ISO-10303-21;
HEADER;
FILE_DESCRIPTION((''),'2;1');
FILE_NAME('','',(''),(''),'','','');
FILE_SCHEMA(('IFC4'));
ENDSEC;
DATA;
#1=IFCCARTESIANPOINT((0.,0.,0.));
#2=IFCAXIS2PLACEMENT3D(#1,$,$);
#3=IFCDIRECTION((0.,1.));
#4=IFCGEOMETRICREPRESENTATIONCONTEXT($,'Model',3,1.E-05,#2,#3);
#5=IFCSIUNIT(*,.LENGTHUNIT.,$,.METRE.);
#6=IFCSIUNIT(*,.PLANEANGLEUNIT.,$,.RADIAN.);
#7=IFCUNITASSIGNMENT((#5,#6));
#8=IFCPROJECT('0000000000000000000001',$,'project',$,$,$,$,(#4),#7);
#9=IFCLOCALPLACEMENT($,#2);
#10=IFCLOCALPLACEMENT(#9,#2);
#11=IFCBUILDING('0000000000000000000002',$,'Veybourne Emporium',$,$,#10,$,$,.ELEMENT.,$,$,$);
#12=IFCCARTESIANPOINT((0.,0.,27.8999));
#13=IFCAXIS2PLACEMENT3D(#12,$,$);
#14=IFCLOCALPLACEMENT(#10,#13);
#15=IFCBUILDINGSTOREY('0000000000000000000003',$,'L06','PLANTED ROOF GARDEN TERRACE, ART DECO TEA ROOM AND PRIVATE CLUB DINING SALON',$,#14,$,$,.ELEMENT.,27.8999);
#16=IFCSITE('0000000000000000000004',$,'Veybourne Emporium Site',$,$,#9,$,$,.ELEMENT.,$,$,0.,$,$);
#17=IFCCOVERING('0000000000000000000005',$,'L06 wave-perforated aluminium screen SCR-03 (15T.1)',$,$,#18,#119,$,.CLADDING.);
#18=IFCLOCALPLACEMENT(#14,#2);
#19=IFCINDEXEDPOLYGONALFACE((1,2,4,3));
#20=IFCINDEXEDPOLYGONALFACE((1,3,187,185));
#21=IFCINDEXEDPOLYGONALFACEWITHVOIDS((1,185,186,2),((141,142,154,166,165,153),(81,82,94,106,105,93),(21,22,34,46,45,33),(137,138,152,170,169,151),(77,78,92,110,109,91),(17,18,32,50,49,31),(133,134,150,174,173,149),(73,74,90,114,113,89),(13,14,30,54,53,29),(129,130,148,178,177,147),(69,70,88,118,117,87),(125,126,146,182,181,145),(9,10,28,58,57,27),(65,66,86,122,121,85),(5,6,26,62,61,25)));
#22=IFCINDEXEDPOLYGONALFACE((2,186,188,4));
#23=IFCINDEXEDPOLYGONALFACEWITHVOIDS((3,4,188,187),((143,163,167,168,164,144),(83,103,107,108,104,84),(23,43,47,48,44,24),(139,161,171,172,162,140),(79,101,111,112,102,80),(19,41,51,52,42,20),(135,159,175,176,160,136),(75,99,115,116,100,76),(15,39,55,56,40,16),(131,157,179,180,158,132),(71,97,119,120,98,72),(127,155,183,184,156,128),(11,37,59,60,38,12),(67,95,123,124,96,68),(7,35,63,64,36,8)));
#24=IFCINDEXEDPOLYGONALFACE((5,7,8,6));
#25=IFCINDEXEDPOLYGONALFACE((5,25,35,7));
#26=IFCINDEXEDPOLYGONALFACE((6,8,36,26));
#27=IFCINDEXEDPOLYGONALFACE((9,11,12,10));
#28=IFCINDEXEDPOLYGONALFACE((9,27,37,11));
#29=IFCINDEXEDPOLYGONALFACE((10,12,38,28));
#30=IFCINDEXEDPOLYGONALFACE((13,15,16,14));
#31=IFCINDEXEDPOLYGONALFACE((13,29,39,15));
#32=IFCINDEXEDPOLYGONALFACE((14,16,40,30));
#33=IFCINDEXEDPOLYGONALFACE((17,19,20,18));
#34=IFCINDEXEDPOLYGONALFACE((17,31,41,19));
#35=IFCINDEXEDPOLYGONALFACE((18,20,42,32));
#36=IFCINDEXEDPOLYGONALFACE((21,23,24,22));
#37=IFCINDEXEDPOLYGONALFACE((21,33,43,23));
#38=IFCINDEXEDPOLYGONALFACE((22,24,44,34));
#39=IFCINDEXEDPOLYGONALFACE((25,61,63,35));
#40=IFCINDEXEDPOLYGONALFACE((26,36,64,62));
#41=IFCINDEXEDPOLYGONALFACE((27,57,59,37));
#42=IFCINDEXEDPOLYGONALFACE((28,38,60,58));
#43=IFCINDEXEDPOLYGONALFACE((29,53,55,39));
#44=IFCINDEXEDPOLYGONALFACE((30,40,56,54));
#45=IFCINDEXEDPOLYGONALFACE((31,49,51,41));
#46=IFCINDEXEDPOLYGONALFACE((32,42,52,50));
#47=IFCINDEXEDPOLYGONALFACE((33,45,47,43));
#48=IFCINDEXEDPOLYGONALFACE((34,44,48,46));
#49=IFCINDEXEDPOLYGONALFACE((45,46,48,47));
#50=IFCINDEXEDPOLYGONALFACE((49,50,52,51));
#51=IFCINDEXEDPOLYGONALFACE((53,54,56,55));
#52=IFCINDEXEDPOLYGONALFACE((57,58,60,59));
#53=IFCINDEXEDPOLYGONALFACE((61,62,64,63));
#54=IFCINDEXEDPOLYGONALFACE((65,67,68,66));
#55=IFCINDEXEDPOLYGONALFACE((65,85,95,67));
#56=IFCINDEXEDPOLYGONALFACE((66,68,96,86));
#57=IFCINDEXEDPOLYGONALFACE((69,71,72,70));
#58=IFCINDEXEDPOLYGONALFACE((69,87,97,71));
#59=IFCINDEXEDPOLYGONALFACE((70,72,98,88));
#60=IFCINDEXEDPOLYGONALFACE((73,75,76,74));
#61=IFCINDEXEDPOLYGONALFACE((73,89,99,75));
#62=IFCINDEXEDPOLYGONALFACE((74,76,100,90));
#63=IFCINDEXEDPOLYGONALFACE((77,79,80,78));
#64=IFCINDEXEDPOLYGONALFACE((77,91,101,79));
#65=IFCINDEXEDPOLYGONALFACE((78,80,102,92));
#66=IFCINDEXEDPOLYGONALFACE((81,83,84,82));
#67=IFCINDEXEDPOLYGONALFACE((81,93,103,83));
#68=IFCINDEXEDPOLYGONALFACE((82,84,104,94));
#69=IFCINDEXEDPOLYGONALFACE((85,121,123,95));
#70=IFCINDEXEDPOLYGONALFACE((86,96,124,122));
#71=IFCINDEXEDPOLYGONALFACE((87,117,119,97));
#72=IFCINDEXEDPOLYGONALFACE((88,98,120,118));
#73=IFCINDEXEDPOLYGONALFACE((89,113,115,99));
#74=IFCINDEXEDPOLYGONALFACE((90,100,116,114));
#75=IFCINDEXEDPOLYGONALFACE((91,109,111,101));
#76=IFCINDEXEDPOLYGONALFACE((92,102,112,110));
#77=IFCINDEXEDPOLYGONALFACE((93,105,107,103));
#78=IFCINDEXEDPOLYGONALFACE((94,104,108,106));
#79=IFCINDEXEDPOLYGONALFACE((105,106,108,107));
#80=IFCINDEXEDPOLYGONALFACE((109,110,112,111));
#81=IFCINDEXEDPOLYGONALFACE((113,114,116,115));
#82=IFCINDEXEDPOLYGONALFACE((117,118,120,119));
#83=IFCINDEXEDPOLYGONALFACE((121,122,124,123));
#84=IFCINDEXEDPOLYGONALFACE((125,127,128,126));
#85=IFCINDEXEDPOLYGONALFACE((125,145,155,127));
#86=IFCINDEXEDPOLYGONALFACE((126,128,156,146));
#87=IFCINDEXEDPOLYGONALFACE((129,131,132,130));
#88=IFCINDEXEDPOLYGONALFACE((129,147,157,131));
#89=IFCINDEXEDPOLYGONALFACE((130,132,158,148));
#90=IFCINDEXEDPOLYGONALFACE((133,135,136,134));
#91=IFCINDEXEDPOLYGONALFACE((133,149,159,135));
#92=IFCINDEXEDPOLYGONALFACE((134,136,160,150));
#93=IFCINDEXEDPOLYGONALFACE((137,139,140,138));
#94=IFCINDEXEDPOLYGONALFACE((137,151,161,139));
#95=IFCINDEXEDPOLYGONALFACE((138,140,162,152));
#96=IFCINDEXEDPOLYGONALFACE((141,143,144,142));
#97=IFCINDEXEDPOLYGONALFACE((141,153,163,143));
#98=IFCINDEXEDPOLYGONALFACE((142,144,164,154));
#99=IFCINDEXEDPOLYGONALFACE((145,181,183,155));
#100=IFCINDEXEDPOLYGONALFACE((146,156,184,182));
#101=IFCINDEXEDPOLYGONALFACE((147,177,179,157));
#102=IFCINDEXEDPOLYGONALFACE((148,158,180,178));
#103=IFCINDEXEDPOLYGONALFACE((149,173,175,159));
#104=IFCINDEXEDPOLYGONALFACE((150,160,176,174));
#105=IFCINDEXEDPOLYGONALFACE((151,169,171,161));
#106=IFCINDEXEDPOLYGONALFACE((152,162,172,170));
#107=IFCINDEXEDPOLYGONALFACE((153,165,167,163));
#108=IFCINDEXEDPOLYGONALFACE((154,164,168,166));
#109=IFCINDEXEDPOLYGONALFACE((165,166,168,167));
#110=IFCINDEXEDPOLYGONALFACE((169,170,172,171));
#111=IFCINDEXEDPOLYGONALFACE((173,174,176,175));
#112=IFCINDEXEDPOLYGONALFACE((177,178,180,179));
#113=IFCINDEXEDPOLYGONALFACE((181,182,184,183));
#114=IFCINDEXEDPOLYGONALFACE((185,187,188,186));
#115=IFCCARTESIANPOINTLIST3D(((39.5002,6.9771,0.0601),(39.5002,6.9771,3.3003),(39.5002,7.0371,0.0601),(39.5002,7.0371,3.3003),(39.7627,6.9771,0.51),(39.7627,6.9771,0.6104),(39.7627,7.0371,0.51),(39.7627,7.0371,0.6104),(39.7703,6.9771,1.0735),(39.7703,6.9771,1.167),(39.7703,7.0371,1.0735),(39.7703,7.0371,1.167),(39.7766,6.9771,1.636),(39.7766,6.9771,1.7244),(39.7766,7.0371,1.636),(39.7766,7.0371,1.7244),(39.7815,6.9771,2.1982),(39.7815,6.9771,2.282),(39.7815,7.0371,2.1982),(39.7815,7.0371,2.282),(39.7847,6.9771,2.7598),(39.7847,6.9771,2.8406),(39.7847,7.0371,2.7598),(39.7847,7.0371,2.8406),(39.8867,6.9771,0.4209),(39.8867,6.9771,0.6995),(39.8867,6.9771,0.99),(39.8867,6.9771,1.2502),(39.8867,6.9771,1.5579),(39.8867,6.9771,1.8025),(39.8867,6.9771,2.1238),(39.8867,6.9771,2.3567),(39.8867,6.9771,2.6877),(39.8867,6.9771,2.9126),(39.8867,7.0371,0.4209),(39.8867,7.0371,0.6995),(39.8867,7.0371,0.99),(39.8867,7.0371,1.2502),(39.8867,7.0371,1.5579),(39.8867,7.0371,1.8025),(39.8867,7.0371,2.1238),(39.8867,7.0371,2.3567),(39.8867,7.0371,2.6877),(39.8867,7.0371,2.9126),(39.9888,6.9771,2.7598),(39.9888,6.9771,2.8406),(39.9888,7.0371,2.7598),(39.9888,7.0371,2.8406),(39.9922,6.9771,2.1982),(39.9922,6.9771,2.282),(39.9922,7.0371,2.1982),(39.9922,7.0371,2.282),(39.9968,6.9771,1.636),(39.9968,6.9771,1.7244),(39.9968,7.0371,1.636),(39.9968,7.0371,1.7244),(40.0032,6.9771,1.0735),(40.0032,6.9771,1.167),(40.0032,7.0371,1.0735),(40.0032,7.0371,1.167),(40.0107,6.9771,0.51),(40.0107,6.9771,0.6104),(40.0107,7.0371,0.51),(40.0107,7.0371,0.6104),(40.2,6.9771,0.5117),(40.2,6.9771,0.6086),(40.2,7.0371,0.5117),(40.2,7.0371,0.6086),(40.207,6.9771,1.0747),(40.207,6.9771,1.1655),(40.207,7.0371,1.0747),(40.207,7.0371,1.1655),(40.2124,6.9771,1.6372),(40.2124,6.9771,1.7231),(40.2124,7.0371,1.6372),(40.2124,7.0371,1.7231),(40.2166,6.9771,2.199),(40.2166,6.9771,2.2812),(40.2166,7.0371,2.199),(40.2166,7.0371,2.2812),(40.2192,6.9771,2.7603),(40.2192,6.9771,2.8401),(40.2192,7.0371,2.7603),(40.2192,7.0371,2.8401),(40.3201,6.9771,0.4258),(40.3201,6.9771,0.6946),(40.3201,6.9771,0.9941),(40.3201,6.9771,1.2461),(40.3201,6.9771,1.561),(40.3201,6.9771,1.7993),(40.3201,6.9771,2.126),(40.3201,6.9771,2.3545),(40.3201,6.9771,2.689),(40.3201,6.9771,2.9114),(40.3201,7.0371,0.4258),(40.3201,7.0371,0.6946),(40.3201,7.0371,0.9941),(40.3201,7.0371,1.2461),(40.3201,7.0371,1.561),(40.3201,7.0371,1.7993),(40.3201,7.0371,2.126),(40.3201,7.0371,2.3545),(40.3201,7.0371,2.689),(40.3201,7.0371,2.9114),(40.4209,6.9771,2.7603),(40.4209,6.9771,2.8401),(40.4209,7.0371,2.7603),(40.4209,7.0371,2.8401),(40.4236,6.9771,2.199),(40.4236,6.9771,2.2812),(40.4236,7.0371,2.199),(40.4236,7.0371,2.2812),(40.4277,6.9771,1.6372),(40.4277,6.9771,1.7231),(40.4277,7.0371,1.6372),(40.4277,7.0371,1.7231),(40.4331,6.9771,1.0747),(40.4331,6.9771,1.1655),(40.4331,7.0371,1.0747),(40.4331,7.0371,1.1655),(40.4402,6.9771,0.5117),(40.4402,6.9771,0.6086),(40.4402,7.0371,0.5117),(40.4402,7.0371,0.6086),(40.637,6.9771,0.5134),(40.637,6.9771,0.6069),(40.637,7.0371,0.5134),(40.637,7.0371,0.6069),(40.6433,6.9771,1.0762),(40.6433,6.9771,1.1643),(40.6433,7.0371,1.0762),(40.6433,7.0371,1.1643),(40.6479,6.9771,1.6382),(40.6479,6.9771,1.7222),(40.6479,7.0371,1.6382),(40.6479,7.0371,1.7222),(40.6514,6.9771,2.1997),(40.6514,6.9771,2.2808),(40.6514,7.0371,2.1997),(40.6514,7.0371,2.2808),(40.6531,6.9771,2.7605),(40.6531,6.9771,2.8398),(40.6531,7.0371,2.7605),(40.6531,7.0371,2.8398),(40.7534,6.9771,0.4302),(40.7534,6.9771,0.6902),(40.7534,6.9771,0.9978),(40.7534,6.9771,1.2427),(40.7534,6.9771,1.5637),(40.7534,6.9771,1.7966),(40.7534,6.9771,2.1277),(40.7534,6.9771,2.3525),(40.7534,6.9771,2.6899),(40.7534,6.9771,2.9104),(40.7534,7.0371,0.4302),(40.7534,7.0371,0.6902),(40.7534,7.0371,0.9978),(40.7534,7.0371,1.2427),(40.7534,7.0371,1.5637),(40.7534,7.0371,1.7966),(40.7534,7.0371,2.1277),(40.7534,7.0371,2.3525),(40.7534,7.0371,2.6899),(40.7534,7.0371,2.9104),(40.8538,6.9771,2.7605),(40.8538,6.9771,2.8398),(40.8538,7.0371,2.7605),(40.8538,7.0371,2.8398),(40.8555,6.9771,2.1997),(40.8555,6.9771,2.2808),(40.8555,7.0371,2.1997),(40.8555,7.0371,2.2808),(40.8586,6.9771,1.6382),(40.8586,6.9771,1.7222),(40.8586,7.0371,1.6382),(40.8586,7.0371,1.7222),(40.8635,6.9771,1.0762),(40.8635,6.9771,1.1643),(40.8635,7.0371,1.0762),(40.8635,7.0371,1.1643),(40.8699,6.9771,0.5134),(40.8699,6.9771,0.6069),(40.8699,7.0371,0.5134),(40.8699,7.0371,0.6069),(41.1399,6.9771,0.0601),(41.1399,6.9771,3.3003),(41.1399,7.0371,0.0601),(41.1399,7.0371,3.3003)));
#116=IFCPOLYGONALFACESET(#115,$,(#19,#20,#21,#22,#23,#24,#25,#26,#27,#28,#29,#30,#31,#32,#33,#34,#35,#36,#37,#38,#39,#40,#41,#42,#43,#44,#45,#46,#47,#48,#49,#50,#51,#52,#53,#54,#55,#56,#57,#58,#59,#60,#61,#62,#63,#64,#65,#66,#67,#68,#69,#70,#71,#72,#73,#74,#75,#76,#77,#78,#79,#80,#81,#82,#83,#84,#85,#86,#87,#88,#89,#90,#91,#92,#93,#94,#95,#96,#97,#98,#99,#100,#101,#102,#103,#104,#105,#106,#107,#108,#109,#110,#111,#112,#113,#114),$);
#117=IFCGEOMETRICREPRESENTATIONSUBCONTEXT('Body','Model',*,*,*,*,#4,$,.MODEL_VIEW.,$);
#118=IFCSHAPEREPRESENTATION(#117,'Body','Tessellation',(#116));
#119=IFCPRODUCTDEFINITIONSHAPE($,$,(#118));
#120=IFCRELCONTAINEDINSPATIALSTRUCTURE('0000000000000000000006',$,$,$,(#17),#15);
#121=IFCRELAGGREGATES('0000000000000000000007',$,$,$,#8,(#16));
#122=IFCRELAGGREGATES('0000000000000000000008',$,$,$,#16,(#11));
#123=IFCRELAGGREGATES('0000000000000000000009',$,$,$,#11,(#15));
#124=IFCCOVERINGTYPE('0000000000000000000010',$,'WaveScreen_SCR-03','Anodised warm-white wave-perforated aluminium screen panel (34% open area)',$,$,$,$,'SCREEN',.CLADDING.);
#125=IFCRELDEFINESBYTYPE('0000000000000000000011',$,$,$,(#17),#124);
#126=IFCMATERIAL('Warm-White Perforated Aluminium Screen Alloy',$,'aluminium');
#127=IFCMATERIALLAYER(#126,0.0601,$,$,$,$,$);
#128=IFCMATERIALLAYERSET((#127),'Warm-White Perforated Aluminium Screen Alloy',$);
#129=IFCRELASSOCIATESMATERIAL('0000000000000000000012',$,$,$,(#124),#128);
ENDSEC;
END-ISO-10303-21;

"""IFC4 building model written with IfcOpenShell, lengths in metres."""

from ifc_helpers import new_model, si_unit, direction, frame, origin, place, context, subcontext, project, spatial, polyline, outline, extrude, material, layer, layer_set, type_object, element, save


model = new_model("IFC4")

# Units and contexts
model_context = context("Model", 3, precision=1e-05, world=origin(), true_north=direction((0.0, 1.0)))
body_context = subcontext(model_context, "Body", "Model", "MODEL_VIEW")
ifc_project = project(units=[si_unit("LENGTHUNIT", "METRE"), si_unit("PLANEANGLEUNIT", "RADIAN")], contexts=[model_context])

# Site, building, storey
site_placement = place(None, origin())
site = spatial("IfcSite", under=ifc_project, at=site_placement, Name="Veybourne Emporium Site", CompositionType="ELEMENT", RefElevation=0.0)
building_placement = place(site_placement, origin())
building = spatial("IfcBuilding", under=site, at=building_placement, Name="Veybourne Emporium", CompositionType="ELEMENT")
storey_placement = place(building_placement, frame((0.0, 0.0, 27.8999)))
storey = spatial("IfcBuildingStorey", under=building, at=storey_placement, Name="L06", Description="PLANTED ROOF GARDEN TERRACE, ART DECO TEA ROOM AND PRIVATE CLUB DINING SALON", CompositionType="ELEMENT", Elevation=27.8999)

# Covering
ifc_material_1 = material(Name="Warm-White Perforated Aluminium Screen Alloy", Category="aluminium")
ifc_layer_1 = layer(ifc_material_1, 0.0601)
ifc_layer_set_1 = layer_set([ifc_layer_1], Name="Warm-White Perforated Aluminium Screen Alloy")
covering_type_1 = type_object("IfcCoveringType", Name="WaveScreen_SCR-03", Description="Anodised warm-white wave-perforated aluminium screen panel (34% open area)", ElementType="SCREEN", PredefinedType="CLADDING", material=ifc_layer_set_1)
covering_1_placement = place(storey_placement, frame((40.3201, 6.9771, 1.6802), z_axis=(0.0, 1.0, 0.0), x_axis=(-1.0, 0.0, 0.0)))
element("IfcCovering", 1, at=covering_1_placement, inside=storey, type_object=covering_type_1, Name="L06 wave-perforated aluminium screen SCR-03 (15T.1)", PredefinedType="CLADDING", context=body_context, shape_type="SweptSolid", body=[
    extrude(outline(polyline([(-0.8198, -1.6201), (0.8198, -1.6201), (0.8198, 1.6201), (-0.8198, 1.6201), (-0.8198, -1.6201)]), holes=[polyline([(-0.4333, -0.99), (-0.3169, -1.0732), (-0.3169, -1.1667), (-0.4333, -1.25), (-0.5498, -1.1667), (-0.5498, -1.0732), (-0.4333, -0.99)]), polyline([(-0.4333, -0.4375), (-0.3232, -0.5159), (-0.3232, -0.604), (-0.4333, -0.6824), (-0.5435, -0.604), (-0.5435, -0.5159), (-0.4333, -0.4375)]), polyline([(-0.4333, 0.1165), (-0.3279, 0.042), (-0.3279, -0.042), (-0.4333, -0.1165), (-0.5386, -0.042), (-0.5386, 0.042), (-0.4333, 0.1165)]), polyline([(-0.4333, 0.6724), (-0.3313, 0.6006), (-0.3313, 0.5195), (-0.4333, 0.4475), (-0.5354, 0.5195), (-0.5354, 0.6006), (-0.4333, 0.6724)]), polyline([(-0.4333, 1.2302), (-0.333, 1.1597), (-0.333, 1.0803), (-0.4333, 1.0098), (-0.5337, 1.0803), (-0.5337, 1.1597), (-0.4333, 1.2302)]), polyline([(0.0, -0.9856), (0.1201, -1.0715), (0.1201, -1.1685), (0.0, -1.2544), (-0.1201, -1.1685), (-0.1201, -1.0715), (0.0, -0.9856)]), polyline([(0.0, -0.4341), (0.113, -0.5146), (0.113, -0.6055), (0.0, -0.686), (-0.113, -0.6055), (-0.113, -0.5146), (0.0, -0.4341)]), polyline([(0.0, 0.1191), (0.1077, 0.043), (0.1077, -0.043), (0.0, -0.1191), (-0.1077, -0.043), (-0.1077, 0.043), (0.0, 0.1191)]), polyline([(0.0, 0.6743), (0.1035, 0.6011), (0.1035, 0.5188), (0.0, 0.4458), (-0.1035, 0.5188), (-0.1035, 0.6011), (0.0, 0.6743)]), polyline([(0.0, 1.2312), (0.1008, 1.1599), (0.1008, 1.0801), (0.0, 1.0088), (-0.1008, 1.0801), (-0.1008, 1.1599), (0.0, 1.2312)]), polyline([(0.4333, -0.9807), (0.5574, -1.0698), (0.5574, -1.1702), (0.4333, -1.2593), (0.3093, -1.1702), (0.3093, -1.0698), (0.4333, -0.9807)]), polyline([(0.4333, -0.4299), (0.5498, -0.5132), (0.5498, -0.6067), (0.4333, -0.6902), (0.3169, -0.6067), (0.3169, -0.5132), (0.4333, -0.4299)]), polyline([(0.4333, 0.1223), (0.5435, 0.0442), (0.5435, -0.0442), (0.4333, -0.1223), (0.3232, -0.0442), (0.3232, 0.0442), (0.4333, 0.1223)]), polyline([(0.4333, 0.6765), (0.5386, 0.6018), (0.5386, 0.5181), (0.4333, 0.4436), (0.3279, 0.5181), (0.3279, 0.6018), (0.4333, 0.6765)]), polyline([(0.4333, 1.2324), (0.5354, 1.1604), (0.5354, 1.0796), (0.4333, 1.0076), (0.3313, 1.0796), (0.3313, 1.1604), (0.4333, 1.2324)])]), origin(), (0.0, 0.0, 1.0), 0.0601),
])

save(model, "model.ifc")
